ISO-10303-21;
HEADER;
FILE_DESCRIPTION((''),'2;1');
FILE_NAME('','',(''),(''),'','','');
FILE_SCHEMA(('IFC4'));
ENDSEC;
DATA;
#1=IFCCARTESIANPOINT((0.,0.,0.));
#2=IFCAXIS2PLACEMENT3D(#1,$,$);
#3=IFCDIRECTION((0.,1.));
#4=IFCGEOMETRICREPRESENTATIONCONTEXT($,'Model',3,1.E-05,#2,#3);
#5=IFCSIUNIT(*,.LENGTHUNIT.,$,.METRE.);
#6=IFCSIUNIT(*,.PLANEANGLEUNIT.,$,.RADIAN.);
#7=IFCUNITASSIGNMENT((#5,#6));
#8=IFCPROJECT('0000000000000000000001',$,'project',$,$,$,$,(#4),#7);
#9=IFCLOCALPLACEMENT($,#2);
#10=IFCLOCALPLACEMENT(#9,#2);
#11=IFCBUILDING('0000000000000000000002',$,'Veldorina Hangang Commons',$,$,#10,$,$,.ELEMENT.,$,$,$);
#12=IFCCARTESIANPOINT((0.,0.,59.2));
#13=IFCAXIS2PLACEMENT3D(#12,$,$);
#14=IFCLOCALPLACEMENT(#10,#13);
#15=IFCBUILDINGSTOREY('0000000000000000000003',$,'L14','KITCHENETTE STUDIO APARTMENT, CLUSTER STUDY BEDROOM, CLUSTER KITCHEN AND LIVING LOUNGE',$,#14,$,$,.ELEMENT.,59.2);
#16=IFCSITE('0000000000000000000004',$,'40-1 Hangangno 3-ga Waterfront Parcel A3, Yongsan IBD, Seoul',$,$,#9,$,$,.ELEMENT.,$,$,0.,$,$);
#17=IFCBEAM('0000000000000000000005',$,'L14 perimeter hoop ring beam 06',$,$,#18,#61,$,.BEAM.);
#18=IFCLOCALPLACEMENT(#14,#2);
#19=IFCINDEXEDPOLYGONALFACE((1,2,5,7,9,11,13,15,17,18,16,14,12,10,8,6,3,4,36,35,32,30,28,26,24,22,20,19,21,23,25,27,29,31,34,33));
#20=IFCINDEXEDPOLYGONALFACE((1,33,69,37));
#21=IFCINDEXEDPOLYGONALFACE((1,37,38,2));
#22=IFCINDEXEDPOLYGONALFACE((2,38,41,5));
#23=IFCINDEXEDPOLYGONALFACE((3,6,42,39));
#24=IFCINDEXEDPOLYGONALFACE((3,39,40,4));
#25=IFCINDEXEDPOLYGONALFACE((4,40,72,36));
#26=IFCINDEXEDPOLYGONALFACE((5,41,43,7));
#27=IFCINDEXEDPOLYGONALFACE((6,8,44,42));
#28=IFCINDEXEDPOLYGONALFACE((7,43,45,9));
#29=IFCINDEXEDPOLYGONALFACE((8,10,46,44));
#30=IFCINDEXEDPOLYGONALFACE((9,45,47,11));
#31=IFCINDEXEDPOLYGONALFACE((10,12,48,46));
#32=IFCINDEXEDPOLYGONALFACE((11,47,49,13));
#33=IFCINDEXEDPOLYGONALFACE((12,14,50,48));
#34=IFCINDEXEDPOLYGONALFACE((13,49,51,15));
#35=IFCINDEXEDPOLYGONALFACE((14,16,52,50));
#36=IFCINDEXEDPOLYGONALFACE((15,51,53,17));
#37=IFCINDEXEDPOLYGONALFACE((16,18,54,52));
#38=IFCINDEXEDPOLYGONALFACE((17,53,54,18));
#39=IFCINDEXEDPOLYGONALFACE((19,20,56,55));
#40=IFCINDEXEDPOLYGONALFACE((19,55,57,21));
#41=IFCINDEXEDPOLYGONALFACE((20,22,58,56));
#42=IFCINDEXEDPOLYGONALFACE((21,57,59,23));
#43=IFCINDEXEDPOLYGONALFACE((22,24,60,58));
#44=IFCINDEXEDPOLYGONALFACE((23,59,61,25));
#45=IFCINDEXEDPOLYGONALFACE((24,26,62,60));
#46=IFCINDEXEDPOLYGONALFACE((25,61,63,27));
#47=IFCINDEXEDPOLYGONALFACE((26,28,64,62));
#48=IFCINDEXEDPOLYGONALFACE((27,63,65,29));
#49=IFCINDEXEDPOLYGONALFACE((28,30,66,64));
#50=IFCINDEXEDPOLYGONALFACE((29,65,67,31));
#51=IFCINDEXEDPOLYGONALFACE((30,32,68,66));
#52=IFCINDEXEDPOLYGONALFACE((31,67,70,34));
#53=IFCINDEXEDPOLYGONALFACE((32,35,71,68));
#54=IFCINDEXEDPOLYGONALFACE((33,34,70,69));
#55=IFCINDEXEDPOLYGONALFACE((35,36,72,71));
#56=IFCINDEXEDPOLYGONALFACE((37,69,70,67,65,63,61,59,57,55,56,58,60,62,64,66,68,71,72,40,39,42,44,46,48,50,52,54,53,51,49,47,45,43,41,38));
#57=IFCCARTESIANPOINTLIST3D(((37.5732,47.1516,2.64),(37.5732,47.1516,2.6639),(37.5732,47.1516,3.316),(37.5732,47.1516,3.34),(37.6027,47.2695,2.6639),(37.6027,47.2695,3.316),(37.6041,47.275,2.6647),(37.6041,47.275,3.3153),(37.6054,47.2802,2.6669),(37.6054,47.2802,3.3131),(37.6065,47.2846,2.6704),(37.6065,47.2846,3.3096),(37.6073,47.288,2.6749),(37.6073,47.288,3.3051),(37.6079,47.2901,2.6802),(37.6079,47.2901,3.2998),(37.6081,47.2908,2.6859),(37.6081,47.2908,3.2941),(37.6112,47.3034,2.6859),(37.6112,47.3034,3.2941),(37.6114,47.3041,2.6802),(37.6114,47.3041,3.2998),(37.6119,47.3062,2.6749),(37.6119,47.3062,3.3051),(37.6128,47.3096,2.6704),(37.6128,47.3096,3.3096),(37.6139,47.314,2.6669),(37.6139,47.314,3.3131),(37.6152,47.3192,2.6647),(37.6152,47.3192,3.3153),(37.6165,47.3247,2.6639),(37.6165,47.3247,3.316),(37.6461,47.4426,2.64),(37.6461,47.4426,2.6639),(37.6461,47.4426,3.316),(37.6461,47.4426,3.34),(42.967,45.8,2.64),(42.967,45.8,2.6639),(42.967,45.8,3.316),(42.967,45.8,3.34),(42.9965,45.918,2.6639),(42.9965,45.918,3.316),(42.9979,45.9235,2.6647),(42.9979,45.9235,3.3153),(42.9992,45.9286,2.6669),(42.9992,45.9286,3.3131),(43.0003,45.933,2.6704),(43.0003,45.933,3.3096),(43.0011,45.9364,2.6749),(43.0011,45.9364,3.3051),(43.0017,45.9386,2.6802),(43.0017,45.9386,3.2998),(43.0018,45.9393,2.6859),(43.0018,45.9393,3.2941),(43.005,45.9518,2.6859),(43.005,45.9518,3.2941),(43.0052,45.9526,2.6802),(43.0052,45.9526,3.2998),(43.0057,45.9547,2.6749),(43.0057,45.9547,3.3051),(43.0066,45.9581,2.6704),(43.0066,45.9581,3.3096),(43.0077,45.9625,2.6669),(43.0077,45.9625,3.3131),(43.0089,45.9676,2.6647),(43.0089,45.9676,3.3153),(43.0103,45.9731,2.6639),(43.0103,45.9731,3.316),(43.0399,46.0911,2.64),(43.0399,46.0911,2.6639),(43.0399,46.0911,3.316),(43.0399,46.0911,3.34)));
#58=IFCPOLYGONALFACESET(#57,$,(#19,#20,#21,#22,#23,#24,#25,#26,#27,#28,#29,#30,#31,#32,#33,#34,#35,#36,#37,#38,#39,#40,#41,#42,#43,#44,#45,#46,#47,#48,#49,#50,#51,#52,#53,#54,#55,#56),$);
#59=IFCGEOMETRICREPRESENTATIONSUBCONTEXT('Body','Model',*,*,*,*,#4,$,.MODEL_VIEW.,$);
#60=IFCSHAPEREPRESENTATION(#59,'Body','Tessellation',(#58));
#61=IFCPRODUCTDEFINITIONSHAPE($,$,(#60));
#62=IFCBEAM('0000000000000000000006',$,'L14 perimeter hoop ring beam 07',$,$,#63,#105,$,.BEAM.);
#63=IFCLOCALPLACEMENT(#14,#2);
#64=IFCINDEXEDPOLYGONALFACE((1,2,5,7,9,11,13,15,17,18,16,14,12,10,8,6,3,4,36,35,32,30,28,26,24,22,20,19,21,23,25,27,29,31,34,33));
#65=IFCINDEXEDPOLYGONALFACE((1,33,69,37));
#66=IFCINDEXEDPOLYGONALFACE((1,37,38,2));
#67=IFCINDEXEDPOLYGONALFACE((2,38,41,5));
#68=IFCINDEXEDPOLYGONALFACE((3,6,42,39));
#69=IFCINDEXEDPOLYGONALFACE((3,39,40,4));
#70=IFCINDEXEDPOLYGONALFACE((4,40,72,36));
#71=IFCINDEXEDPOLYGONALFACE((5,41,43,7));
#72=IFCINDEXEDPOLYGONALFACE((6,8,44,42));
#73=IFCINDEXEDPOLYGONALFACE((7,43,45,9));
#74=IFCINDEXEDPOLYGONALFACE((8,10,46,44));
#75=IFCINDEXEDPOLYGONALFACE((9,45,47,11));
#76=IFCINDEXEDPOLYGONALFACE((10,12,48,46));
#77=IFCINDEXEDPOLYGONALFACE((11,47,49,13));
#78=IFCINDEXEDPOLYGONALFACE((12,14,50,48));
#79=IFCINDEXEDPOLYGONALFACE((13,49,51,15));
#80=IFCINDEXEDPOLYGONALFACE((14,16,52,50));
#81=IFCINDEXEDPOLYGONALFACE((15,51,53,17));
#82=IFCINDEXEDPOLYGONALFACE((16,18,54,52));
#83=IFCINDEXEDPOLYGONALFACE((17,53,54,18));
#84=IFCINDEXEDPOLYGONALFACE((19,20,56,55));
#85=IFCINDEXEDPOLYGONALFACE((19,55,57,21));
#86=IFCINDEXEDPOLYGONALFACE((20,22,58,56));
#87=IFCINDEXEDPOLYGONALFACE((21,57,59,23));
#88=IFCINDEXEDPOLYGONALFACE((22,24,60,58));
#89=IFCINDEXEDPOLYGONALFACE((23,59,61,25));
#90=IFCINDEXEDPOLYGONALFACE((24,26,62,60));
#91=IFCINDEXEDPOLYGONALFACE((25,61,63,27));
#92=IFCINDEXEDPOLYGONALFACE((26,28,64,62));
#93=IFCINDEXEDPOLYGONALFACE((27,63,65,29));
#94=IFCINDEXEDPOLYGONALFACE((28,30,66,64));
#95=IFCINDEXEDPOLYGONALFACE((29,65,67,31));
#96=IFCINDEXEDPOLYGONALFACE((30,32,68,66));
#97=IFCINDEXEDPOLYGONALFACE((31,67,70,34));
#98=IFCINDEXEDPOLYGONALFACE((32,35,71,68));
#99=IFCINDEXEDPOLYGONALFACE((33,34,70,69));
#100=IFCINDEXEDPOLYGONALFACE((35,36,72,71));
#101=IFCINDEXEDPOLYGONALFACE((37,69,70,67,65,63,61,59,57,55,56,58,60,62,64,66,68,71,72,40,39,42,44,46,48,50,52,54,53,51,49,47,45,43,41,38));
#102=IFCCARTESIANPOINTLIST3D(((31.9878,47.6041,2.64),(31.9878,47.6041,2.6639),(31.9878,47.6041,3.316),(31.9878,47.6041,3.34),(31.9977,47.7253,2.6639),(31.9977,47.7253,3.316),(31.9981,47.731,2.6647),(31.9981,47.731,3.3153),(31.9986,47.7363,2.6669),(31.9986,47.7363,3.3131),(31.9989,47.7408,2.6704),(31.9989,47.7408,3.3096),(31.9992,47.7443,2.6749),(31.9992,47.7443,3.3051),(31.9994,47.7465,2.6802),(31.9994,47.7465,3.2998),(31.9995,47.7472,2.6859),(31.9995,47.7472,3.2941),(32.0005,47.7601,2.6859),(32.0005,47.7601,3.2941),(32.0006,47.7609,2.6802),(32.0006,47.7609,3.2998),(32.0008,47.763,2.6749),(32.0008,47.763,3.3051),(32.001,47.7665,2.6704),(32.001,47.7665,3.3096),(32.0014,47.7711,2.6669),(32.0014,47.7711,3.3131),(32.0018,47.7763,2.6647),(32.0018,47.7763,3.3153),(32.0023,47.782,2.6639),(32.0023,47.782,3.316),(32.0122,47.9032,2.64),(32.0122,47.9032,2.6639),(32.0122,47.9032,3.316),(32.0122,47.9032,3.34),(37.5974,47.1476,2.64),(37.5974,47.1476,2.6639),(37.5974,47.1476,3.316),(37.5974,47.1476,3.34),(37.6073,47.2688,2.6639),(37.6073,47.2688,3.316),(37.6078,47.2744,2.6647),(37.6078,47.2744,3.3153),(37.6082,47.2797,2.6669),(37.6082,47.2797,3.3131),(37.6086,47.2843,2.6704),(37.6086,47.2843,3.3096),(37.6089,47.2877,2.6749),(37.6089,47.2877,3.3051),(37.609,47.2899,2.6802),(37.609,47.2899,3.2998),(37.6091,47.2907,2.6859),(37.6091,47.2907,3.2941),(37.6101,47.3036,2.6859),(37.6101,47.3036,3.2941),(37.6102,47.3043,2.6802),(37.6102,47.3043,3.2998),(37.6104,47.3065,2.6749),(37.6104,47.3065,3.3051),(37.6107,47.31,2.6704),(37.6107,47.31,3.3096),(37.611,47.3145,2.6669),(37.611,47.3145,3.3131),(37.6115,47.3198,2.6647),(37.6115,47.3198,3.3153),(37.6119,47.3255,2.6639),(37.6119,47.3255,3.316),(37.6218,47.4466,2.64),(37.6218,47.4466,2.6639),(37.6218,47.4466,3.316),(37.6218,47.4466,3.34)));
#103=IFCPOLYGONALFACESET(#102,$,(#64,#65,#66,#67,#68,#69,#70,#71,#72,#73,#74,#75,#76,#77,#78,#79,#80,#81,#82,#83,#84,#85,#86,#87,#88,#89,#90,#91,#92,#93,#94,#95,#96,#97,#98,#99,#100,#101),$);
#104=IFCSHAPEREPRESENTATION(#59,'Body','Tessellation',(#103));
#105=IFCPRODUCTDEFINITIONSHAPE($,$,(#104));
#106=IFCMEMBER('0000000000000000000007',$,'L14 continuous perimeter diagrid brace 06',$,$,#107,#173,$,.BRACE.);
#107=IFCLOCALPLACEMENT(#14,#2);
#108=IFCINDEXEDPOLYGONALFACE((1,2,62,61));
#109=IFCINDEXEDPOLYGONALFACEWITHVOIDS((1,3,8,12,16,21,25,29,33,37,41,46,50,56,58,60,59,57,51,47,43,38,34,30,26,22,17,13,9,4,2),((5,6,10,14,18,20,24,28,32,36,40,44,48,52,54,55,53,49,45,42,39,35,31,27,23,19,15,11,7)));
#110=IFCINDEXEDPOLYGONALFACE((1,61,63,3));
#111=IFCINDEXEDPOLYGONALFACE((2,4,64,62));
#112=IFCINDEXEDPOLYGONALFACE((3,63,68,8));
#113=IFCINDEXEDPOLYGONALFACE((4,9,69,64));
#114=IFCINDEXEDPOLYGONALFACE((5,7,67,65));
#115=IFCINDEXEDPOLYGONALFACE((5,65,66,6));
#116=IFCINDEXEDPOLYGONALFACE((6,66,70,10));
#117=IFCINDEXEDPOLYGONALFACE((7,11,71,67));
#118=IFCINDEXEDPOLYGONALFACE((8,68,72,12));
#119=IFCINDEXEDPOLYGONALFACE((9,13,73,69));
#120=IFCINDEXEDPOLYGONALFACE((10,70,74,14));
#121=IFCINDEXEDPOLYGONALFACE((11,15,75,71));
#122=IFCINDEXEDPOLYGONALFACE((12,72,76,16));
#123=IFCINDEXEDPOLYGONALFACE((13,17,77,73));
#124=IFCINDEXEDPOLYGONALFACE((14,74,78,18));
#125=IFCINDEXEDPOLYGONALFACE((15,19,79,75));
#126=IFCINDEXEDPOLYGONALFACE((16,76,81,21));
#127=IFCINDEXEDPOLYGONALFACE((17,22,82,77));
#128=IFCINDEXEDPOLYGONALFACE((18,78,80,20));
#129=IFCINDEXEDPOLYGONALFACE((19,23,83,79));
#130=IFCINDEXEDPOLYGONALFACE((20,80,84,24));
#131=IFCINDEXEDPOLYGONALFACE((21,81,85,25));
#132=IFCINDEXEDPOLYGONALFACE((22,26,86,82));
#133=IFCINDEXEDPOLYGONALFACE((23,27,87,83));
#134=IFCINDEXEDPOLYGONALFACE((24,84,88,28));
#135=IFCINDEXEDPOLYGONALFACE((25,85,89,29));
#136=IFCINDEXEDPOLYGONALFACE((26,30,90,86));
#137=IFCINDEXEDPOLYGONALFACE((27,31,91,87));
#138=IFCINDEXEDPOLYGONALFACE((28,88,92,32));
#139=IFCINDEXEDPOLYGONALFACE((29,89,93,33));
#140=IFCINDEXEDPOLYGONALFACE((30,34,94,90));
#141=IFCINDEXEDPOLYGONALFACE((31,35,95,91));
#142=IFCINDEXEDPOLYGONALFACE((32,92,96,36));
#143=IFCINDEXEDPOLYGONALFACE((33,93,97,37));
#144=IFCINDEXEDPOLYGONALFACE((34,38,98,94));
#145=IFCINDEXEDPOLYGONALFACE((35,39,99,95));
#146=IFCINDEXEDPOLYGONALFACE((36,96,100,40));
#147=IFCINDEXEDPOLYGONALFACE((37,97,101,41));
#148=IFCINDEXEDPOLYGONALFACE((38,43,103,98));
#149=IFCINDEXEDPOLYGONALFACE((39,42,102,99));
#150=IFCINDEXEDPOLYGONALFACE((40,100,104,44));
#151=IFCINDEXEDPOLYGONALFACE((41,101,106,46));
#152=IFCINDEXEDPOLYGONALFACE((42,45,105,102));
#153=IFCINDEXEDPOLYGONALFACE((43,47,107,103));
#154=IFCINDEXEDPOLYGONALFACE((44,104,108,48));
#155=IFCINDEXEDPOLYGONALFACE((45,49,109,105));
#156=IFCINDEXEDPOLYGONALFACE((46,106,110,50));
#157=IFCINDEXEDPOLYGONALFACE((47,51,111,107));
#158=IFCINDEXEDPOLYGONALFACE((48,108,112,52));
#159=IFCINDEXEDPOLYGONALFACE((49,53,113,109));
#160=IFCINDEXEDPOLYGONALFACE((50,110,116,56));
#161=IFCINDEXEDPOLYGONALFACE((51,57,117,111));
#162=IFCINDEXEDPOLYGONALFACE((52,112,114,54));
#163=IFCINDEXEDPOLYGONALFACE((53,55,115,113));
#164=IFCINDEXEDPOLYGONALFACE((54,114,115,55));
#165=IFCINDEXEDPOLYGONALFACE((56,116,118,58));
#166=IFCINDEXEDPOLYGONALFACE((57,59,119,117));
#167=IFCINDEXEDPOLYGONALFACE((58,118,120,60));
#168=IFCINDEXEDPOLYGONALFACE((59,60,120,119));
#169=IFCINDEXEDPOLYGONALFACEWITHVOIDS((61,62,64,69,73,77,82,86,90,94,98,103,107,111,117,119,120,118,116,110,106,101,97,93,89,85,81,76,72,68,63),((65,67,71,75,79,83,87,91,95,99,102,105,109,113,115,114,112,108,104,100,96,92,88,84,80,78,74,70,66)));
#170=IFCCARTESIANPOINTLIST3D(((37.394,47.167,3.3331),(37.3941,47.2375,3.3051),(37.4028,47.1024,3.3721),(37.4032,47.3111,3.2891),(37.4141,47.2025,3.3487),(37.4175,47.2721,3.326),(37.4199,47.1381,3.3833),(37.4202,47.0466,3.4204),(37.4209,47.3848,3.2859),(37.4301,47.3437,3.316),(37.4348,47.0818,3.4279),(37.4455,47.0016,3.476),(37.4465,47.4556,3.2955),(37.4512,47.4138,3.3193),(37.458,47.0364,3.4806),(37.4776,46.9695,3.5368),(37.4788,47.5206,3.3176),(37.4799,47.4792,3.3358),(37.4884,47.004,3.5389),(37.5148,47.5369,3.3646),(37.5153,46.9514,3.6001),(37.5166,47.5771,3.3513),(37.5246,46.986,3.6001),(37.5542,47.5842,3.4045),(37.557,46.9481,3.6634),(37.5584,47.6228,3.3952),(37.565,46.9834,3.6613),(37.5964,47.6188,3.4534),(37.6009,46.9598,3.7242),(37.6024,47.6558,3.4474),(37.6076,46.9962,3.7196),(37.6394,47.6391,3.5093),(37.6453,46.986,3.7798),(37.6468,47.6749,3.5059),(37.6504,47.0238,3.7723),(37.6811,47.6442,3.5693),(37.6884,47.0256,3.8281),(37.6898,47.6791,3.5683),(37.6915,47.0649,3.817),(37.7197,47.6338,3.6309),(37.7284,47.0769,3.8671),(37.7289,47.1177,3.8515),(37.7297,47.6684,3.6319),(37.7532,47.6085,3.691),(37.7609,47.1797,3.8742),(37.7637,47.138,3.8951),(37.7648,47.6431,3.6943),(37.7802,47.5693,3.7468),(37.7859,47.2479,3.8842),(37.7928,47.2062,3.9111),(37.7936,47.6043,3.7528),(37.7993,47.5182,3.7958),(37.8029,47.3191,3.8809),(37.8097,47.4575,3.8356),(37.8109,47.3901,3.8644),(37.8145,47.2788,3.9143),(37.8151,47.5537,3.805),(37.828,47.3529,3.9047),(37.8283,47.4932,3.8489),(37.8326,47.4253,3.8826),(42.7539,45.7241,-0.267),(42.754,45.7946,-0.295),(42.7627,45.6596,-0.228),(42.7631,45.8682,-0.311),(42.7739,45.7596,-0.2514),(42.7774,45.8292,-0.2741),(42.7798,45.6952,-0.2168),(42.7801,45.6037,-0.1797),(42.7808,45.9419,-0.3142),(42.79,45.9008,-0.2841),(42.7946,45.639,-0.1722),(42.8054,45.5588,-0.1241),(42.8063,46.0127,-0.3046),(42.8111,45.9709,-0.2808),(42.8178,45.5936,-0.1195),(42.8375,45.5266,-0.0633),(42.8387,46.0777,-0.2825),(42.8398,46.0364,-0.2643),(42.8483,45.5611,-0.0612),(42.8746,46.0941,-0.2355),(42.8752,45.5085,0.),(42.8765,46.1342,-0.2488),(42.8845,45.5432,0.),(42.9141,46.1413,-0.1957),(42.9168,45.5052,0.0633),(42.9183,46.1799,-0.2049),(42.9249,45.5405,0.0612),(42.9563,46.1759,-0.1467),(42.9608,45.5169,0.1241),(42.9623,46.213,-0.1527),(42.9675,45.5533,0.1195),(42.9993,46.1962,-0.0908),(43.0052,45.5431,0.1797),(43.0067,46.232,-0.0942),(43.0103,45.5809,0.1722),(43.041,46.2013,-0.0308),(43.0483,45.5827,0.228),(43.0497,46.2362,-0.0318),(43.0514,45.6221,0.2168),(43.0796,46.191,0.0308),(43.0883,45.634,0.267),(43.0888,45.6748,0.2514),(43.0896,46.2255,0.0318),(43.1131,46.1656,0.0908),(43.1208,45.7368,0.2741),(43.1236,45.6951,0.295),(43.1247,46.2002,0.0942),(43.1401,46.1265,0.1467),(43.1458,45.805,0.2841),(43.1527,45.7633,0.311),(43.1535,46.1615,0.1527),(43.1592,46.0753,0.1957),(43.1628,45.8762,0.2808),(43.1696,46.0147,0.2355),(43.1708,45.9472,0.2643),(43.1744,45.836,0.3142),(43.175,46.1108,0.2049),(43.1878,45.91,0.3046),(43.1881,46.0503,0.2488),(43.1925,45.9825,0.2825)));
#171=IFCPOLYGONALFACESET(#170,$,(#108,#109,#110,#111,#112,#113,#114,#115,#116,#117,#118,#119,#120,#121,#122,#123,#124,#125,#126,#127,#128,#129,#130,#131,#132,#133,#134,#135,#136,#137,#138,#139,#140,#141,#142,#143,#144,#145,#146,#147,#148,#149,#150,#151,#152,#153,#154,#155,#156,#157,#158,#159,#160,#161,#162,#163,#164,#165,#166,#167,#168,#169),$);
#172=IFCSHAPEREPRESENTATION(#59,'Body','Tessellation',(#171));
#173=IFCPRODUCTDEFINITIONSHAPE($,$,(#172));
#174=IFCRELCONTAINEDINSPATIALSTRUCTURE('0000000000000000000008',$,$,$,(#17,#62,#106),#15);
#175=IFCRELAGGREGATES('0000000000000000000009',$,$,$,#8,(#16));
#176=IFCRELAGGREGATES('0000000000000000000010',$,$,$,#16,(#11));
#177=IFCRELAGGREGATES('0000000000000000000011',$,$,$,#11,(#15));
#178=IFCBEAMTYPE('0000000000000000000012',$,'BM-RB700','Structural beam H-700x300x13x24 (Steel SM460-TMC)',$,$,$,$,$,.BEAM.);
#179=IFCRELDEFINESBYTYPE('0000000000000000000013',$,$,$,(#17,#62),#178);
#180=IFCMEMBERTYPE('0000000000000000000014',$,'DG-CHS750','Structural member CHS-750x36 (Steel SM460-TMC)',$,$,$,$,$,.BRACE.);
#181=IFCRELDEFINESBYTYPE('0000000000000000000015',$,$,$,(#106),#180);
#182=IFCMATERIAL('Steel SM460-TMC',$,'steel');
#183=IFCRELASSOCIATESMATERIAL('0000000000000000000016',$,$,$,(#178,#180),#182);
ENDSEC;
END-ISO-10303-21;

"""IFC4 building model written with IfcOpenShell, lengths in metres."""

from ifc_helpers import new_model, si_unit, direction, frame, origin, origin_2d, place, context, subcontext, project, spatial, hollow_circle, i_section, extrude, material, material_profile, profile_set, type_object, element, save


model = new_model("IFC4")

# Units and contexts
model_context = context("Model", 3, precision=1e-05, world=origin(), true_north=direction((0.0, 1.0)))
body_context = subcontext(model_context, "Body", "Model", "MODEL_VIEW")
ifc_project = project(units=[si_unit("LENGTHUNIT", "METRE"), si_unit("PLANEANGLEUNIT", "RADIAN")], contexts=[model_context])

# Site, building, storey
site_placement = place(None, origin())
site = spatial("IfcSite", under=ifc_project, at=site_placement, Name="40-1 Hangangno 3-ga Waterfront Parcel A3, Yongsan IBD, Seoul", CompositionType="ELEMENT", RefElevation=0.0)
building_placement = place(site_placement, origin())
building = spatial("IfcBuilding", under=site, at=building_placement, Name="Veldorina Hangang Commons", CompositionType="ELEMENT")
storey_placement = place(building_placement, frame((0.0, 0.0, 59.2)))
storey = spatial("IfcBuildingStorey", under=building, at=storey_placement, Name="L14", Description="KITCHENETTE STUDIO APARTMENT, CLUSTER STUDY BEDROOM, CLUSTER KITCHEN AND LIVING LOUNGE", CompositionType="ELEMENT", Elevation=59.2)

# Beams
ifc_material_1 = material(Name="Steel SM460-TMC", Category="steel")
ifc_material_profile_1 = material_profile(ifc_material_1, i_section(OverallWidth=0.3, OverallDepth=0.7, WebThickness=0.0129, FlangeThickness=0.0239, FilletRadius=0.022, at=origin_2d()), Name="H-700x300x13x24")
ifc_profile_set_1 = profile_set([ifc_material_profile_1], Name="Steel SM460-TMC")
beam_type = type_object("IfcBeamType", Name="BM-RB700", Description="Structural beam H-700x300x13x24 (Steel SM460-TMC)", PredefinedType="BEAM", material=ifc_profile_set_1)
beam_1_placement = place(storey_placement, frame((43.0034, 45.9456, 2.99), z_axis=(-0.970011, 0.243062, 0.0), x_axis=(-0.243062, -0.970011, 0.0)))
element("IfcBeam", 1, at=beam_1_placement, inside=storey, type_object=beam_type, Name="L14 perimeter hoop ring beam 06", PredefinedType="BEAM", context=body_context, shape_type="SweptSolid", body=[
    extrude(i_section(OverallWidth=0.3, OverallDepth=0.7, WebThickness=0.0129, FlangeThickness=0.0239, FilletRadius=0.022, at=origin_2d()), origin(), (0.0, 0.0, 1.0), 5.5605),
])
beam_2_placement = place(storey_placement, frame((37.6096, 47.2971, 2.99), z_axis=(-0.996705, 0.081118, 0.0), x_axis=(-0.081118, -0.996705, 0.0)))
element("IfcBeam", 2, at=beam_2_placement, inside=storey, type_object=beam_type, Name="L14 perimeter hoop ring beam 07", PredefinedType="BEAM", context=body_context, shape_type="SweptSolid", body=[
    extrude(i_section(OverallWidth=0.3, OverallDepth=0.7, WebThickness=0.0129, FlangeThickness=0.0239, FilletRadius=0.022, at=origin_2d()), origin(), (0.0, 0.0, 1.0), 5.6282),
])

# Member
ifc_material_profile_2 = material_profile(ifc_material_1, hollow_circle(Radius=0.375, WallThickness=0.0359, at=origin_2d()), Name="CHS-750x36")
ifc_profile_set_2 = profile_set([ifc_material_profile_2], Name="Steel SM460-TMC")
member_type = type_object("IfcMemberType", Name="DG-CHS750", Description="Structural member CHS-750x36 (Steel SM460-TMC)", PredefinedType="BRACE", material=ifc_profile_set_2)
member_1_placement = place(storey_placement, frame((42.9727, 45.8706, 0.0), z_axis=(-0.810143, 0.21809, 0.544155), x_axis=(-0.259945, -0.965623, 0.0)))
element("IfcMember", 3, at=member_1_placement, inside=storey, type_object=member_type, Name="L14 continuous perimeter diagrid brace 06", PredefinedType="BRACE", context=body_context, shape_type="SweptSolid", body=[
    extrude(hollow_circle(Radius=0.375, WallThickness=0.0359, at=origin_2d()), origin(), (0.0, 0.0, 1.0), 6.616),
])

save(model, "model.ifc")
